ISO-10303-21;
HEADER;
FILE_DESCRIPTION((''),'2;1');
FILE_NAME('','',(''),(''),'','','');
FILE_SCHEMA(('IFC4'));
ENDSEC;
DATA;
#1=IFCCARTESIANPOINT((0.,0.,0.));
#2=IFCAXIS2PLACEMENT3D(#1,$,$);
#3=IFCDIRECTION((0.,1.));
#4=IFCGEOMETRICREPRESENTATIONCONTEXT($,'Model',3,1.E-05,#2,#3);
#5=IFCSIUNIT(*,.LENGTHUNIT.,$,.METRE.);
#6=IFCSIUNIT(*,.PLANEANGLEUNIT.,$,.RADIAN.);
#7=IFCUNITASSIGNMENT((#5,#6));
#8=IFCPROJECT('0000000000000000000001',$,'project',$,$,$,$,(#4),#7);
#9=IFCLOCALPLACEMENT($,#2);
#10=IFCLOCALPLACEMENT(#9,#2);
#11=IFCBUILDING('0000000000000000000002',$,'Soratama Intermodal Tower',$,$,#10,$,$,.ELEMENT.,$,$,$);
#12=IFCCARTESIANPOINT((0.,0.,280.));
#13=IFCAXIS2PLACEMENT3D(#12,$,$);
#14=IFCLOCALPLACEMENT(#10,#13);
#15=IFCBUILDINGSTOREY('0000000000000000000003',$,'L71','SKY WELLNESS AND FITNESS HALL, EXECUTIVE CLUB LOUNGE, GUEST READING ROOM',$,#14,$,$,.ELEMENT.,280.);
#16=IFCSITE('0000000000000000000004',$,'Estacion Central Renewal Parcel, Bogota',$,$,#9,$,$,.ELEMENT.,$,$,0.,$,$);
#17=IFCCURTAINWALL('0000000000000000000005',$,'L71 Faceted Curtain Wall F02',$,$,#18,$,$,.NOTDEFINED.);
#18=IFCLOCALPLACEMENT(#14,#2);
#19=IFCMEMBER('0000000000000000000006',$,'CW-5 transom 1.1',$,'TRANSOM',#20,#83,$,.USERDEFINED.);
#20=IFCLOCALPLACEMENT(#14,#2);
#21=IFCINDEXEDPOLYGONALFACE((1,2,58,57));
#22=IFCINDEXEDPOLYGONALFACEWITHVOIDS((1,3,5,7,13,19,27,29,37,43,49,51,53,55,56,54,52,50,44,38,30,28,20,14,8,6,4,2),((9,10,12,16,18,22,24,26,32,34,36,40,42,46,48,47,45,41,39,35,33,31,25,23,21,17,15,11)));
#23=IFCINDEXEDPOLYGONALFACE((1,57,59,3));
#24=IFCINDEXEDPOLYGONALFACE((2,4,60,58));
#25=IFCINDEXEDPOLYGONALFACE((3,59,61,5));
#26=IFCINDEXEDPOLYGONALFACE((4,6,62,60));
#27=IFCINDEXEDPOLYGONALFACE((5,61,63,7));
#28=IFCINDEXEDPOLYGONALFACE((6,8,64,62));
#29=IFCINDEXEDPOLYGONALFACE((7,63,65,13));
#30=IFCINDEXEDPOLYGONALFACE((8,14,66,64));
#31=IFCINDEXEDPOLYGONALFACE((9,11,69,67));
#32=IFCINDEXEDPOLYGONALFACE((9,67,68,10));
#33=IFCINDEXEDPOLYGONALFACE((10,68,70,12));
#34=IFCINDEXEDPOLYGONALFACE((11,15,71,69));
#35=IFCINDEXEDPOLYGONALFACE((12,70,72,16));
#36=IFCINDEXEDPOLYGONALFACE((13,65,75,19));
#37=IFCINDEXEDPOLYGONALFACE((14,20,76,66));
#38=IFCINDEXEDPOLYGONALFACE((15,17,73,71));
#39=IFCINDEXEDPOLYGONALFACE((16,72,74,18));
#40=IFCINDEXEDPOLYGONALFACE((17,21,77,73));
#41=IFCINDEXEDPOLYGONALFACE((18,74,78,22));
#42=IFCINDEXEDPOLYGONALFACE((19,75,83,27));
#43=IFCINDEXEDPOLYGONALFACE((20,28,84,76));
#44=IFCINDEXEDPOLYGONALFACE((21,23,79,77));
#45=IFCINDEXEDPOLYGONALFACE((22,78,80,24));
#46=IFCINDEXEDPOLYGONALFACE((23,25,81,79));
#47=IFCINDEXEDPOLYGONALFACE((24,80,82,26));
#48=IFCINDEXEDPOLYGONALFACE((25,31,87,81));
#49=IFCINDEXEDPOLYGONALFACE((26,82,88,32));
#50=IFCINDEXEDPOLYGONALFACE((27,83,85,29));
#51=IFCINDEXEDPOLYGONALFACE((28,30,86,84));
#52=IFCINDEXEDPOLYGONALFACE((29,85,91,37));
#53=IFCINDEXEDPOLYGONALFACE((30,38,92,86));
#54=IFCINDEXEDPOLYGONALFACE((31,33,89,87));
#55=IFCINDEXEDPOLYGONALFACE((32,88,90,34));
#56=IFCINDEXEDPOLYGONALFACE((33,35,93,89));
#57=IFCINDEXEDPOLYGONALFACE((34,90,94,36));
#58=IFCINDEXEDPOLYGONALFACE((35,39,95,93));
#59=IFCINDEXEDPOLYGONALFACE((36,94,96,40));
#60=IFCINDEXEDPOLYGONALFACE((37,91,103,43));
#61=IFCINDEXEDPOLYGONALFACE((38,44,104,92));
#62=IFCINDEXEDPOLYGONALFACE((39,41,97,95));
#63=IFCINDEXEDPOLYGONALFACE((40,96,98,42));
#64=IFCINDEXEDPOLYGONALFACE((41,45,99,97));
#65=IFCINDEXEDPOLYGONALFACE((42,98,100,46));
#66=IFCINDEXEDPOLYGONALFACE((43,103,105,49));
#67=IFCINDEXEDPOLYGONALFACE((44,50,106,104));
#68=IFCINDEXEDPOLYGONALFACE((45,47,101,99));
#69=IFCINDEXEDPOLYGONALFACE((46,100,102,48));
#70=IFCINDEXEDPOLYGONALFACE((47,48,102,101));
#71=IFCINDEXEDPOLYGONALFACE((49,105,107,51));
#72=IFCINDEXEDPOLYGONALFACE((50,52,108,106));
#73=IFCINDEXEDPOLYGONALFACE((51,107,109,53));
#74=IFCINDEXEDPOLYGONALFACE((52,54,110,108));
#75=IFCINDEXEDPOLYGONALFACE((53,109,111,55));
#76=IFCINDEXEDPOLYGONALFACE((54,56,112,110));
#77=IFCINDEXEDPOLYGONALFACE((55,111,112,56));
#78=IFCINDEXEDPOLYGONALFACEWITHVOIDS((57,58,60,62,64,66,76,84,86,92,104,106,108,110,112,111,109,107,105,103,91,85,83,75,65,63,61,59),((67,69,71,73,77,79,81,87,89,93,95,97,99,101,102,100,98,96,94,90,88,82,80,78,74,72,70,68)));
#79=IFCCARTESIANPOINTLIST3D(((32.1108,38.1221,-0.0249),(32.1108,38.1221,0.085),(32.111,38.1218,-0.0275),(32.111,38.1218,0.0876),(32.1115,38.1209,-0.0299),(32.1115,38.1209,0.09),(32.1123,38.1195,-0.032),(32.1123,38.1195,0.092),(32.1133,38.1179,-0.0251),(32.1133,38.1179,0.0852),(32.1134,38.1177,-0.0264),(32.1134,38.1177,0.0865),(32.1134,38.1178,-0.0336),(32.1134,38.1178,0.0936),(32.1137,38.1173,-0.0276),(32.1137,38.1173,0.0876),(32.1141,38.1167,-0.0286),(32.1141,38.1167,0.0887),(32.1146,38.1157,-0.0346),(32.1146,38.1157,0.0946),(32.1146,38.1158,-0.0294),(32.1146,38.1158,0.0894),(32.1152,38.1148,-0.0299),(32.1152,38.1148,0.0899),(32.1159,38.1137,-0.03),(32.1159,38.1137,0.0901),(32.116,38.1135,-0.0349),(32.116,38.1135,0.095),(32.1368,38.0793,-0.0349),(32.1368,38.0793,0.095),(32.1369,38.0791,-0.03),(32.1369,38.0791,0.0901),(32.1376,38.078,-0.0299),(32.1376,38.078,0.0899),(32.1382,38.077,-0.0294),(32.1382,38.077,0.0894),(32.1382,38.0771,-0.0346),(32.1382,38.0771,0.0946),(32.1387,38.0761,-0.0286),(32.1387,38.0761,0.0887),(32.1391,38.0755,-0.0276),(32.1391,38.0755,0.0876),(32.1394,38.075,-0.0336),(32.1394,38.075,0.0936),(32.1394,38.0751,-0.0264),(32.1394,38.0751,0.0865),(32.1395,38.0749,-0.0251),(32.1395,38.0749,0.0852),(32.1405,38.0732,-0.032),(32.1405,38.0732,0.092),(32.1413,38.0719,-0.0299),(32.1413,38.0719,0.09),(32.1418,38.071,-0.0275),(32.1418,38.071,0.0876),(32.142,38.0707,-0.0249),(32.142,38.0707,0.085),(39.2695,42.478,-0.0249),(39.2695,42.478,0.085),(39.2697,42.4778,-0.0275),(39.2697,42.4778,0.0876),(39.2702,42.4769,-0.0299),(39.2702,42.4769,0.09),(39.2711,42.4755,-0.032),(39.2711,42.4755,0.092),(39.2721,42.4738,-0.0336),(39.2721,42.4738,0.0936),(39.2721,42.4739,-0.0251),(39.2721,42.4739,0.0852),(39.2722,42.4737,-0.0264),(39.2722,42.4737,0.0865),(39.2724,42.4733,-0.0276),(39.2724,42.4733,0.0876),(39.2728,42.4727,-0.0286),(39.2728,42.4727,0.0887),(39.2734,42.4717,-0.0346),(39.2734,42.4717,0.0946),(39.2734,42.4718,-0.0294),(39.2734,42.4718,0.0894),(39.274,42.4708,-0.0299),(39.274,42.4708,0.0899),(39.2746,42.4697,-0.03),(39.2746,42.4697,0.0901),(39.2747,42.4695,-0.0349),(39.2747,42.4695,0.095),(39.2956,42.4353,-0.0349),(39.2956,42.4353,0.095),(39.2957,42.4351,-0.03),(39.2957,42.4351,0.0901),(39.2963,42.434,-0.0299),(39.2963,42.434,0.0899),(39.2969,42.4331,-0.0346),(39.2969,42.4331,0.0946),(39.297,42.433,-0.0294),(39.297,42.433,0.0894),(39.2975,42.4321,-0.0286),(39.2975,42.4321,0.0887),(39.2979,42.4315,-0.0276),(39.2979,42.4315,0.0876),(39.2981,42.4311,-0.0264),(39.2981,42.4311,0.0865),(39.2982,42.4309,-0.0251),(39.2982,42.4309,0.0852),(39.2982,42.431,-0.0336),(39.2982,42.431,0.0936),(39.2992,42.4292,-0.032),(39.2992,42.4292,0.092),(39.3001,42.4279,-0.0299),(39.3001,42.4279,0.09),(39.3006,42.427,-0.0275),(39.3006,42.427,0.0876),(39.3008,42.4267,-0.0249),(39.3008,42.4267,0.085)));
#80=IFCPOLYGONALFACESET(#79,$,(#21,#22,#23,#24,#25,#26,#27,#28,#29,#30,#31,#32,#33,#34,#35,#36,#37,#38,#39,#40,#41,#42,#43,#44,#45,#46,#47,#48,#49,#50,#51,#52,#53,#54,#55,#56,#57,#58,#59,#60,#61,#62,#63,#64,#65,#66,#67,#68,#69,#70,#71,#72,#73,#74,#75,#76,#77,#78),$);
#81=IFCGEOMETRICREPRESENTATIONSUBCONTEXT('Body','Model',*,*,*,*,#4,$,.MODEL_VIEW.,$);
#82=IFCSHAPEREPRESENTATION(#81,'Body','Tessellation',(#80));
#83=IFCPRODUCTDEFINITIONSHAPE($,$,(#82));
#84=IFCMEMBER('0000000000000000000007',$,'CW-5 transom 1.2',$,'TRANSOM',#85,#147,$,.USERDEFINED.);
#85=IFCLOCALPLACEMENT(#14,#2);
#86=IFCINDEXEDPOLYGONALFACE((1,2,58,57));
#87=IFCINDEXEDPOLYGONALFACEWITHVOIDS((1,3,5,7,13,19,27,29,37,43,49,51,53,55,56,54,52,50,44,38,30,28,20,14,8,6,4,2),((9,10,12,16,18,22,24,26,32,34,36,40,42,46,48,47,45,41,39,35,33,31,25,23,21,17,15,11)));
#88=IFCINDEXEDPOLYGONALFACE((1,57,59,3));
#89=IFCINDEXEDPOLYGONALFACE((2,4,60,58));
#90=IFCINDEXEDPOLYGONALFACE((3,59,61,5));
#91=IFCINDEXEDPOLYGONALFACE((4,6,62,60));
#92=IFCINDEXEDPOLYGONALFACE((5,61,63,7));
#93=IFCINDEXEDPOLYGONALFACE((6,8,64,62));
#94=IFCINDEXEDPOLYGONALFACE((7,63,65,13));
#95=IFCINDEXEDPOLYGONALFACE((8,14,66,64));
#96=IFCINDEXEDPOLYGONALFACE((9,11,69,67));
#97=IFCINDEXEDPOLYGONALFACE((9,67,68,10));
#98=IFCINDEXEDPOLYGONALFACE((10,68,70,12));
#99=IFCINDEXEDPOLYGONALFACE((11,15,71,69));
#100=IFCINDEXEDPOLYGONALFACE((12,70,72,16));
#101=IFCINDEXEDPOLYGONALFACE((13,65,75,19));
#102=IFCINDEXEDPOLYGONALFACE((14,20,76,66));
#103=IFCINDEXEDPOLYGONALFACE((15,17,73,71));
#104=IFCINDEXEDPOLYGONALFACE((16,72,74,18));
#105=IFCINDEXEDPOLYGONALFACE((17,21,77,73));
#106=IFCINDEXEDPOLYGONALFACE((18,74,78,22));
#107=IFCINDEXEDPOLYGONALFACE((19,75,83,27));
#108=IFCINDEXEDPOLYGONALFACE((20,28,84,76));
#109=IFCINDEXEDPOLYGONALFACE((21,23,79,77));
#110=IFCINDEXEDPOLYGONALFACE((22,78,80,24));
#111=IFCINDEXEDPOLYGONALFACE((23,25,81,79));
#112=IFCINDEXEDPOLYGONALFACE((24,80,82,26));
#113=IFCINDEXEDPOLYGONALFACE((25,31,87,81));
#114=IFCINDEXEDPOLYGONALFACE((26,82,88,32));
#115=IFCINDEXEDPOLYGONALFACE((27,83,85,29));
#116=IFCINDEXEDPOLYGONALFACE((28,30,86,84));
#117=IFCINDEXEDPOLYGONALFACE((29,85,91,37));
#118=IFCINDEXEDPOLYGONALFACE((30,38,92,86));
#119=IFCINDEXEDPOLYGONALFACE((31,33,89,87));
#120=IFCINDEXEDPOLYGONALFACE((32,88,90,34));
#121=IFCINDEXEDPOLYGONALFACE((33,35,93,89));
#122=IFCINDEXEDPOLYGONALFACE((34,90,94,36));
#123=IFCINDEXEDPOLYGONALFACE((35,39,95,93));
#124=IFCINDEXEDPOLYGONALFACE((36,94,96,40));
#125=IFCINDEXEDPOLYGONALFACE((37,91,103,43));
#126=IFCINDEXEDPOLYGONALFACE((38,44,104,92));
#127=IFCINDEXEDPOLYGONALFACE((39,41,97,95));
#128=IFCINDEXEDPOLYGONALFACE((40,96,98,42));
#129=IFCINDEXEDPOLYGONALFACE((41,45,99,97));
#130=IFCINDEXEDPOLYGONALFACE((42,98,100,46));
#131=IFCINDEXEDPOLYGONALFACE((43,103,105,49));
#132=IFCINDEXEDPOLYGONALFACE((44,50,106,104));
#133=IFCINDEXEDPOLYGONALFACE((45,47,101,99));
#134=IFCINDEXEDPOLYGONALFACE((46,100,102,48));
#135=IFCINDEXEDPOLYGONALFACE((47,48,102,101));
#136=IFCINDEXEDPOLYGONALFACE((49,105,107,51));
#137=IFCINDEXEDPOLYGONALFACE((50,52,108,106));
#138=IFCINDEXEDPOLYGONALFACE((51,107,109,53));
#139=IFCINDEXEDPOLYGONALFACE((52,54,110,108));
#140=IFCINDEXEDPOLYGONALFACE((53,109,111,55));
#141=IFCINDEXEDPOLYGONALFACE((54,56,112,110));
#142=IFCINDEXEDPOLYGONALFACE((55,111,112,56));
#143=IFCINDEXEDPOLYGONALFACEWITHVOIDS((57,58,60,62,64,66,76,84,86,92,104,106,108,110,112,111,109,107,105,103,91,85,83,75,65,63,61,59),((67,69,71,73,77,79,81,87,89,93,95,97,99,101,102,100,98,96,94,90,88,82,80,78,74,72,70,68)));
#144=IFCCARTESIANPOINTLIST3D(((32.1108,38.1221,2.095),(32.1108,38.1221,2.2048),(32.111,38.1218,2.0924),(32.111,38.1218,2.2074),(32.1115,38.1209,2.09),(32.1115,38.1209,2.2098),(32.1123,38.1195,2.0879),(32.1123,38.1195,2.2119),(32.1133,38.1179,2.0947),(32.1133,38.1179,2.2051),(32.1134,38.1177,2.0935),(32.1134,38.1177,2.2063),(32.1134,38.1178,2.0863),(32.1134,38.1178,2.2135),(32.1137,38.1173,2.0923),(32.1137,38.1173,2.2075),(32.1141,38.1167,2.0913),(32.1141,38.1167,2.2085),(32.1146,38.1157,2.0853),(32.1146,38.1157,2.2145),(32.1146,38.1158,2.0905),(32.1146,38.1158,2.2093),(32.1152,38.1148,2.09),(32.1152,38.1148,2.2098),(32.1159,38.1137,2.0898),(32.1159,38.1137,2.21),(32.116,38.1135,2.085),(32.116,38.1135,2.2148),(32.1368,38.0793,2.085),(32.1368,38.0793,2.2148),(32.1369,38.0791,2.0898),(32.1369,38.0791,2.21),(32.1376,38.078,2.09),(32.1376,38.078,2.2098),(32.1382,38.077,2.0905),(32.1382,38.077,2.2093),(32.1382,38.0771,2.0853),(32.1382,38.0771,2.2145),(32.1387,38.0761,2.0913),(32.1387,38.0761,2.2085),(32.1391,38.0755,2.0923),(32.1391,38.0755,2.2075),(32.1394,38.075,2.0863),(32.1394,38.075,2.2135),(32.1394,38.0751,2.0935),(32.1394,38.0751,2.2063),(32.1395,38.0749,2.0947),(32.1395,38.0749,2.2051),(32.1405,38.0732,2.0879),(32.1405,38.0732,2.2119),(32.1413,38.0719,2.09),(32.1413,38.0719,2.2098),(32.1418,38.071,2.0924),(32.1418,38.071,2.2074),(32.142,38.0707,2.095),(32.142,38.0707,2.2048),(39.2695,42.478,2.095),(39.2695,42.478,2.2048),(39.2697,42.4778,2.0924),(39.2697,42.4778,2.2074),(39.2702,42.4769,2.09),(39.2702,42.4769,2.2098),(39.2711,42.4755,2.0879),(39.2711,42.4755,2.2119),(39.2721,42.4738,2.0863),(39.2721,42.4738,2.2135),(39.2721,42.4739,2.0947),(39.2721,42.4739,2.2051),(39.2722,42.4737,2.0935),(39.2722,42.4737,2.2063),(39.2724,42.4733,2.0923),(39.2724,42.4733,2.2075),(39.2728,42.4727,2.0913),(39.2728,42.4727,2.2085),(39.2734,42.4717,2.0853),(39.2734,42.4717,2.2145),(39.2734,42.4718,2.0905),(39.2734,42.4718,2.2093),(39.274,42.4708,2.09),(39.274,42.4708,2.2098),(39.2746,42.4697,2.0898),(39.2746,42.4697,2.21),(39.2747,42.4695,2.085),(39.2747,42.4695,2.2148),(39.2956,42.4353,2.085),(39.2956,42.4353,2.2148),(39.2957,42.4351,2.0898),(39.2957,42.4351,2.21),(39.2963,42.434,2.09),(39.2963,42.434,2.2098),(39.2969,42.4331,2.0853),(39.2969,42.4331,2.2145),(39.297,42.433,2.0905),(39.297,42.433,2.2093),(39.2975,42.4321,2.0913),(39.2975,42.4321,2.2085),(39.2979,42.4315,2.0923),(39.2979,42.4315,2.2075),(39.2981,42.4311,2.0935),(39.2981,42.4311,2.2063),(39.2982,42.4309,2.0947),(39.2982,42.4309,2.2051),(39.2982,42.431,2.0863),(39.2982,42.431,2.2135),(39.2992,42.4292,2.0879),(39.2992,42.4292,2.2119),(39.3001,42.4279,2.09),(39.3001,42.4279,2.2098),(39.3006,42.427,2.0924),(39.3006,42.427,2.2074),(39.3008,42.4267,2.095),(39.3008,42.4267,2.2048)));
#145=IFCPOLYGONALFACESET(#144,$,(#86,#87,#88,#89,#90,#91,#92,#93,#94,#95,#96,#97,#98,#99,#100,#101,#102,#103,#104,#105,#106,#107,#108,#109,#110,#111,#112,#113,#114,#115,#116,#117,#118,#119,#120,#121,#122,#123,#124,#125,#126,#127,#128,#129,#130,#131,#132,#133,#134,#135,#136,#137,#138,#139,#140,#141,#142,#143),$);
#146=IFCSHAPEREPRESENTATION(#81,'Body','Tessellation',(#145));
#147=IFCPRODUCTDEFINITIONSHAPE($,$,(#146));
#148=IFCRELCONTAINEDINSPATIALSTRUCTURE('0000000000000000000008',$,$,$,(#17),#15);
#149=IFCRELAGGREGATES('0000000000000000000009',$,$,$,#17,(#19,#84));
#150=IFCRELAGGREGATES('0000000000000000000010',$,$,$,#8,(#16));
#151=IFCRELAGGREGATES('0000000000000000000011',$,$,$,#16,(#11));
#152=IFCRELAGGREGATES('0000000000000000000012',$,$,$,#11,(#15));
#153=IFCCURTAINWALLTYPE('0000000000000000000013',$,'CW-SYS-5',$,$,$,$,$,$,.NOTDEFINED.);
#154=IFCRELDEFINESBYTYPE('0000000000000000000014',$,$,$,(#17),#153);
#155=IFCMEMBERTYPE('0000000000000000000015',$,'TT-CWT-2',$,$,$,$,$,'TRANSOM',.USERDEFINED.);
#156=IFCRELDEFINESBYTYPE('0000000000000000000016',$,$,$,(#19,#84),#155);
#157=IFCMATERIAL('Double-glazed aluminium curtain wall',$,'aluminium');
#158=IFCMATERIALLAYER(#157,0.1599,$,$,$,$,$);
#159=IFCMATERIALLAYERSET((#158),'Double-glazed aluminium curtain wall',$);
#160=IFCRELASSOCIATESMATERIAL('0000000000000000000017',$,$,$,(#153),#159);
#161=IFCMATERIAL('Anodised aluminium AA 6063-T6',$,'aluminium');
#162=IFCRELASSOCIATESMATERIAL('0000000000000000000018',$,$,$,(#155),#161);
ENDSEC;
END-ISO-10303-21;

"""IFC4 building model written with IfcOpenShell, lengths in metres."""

from ifc_helpers import new_model, si_unit, direction, frame, origin, origin_2d, place, context, subcontext, project, spatial, hollow_rectangle, extrude, material, layer, layer_set, material_profile, profile_set, type_object, element, aggregate, save


model = new_model("IFC4")

# Units and contexts
model_context = context("Model", 3, precision=1e-05, world=origin(), true_north=direction((0.0, 1.0)))
body_context = subcontext(model_context, "Body", "Model", "MODEL_VIEW")
ifc_project = project(units=[si_unit("LENGTHUNIT", "METRE"), si_unit("PLANEANGLEUNIT", "RADIAN")], contexts=[model_context])

# Site, building, storey
site_placement = place(None, origin())
site = spatial("IfcSite", under=ifc_project, at=site_placement, Name="Estacion Central Renewal Parcel, Bogota", CompositionType="ELEMENT", RefElevation=0.0)
building_placement = place(site_placement, origin())
building = spatial("IfcBuilding", under=site, at=building_placement, Name="Soratama Intermodal Tower", CompositionType="ELEMENT")
storey_placement = place(building_placement, frame((0.0, 0.0, 280.0)))
storey = spatial("IfcBuildingStorey", under=building, at=storey_placement, Name="L71", Description="SKY WELLNESS AND FITNESS HALL, EXECUTIVE CLUB LOUNGE, GUEST READING ROOM", CompositionType="ELEMENT", Elevation=280.0)

# Curtain wall
ifc_material_1 = material(Name="Double-glazed aluminium curtain wall", Category="aluminium")
ifc_layer_1 = layer(ifc_material_1, 0.1599)
ifc_layer_set_1 = layer_set([ifc_layer_1], Name="Double-glazed aluminium curtain wall")
curtain_wall_type = type_object("IfcCurtainWallType", Name="CW-SYS-5", PredefinedType="NOTDEFINED", material=ifc_layer_set_1)
curtain_wall_1_placement = place(storey_placement, origin())
curtain_wall_1 = element("IfcCurtainWall", 1, at=curtain_wall_1_placement, inside=storey, type_object=curtain_wall_type, Name="L71 Faceted Curtain Wall F02", PredefinedType="NOTDEFINED")

# Members
ifc_material_2 = material(Name="Anodised aluminium AA 6063-T6", Category="aluminium")
ifc_material_profile_1 = material_profile(ifc_material_2, hollow_rectangle(XDim=0.0601, YDim=0.1299, WallThickness=0.0049, InnerFilletRadius=0.0049, OuterFilletRadius=0.01, at=origin_2d()), Name="CWT130X60X5")
ifc_profile_set_1 = profile_set([ifc_material_profile_1], Name="Anodised aluminium AA 6063-T6")
member_type_1 = type_object("IfcMemberType", Name="TT-CWT-2", ElementType="TRANSOM", PredefinedType="USERDEFINED", material=ifc_profile_set_1)
member_1_placement = place(storey_placement, frame((39.2852, 42.4524, 0.03), z_axis=(-0.854278, -0.519816, 0.0), x_axis=(0.519816, -0.854278, 0.0)))
member_1 = element("IfcMember", 2, at=member_1_placement, type_object=member_type_1, Name="CW-5 transom 1.1", ObjectType="TRANSOM", PredefinedType="USERDEFINED", context=body_context, shape_type="SweptSolid", body=[
    extrude(hollow_rectangle(XDim=0.0601, YDim=0.1299, WallThickness=0.0049, InnerFilletRadius=0.0049, OuterFilletRadius=0.01, at=origin_2d()), origin(), (0.0, 0.0, 1.0), 8.3799),
])
member_2_placement = place(storey_placement, frame((39.2852, 42.4524, 2.1499), z_axis=(-0.854278, -0.519816, 0.0), x_axis=(0.519816, -0.854278, 0.0)))
member_2 = element("IfcMember", 3, at=member_2_placement, type_object=member_type_1, Name="CW-5 transom 1.2", ObjectType="TRANSOM", PredefinedType="USERDEFINED", context=body_context, shape_type="SweptSolid", body=[
    extrude(hollow_rectangle(XDim=0.0601, YDim=0.1299, WallThickness=0.0049, InnerFilletRadius=0.0049, OuterFilletRadius=0.01, at=origin_2d()), origin(), (0.0, 0.0, 1.0), 8.3799),
])

aggregate(curtain_wall_1, [member_1, member_2])

save(model, "model.ifc")
